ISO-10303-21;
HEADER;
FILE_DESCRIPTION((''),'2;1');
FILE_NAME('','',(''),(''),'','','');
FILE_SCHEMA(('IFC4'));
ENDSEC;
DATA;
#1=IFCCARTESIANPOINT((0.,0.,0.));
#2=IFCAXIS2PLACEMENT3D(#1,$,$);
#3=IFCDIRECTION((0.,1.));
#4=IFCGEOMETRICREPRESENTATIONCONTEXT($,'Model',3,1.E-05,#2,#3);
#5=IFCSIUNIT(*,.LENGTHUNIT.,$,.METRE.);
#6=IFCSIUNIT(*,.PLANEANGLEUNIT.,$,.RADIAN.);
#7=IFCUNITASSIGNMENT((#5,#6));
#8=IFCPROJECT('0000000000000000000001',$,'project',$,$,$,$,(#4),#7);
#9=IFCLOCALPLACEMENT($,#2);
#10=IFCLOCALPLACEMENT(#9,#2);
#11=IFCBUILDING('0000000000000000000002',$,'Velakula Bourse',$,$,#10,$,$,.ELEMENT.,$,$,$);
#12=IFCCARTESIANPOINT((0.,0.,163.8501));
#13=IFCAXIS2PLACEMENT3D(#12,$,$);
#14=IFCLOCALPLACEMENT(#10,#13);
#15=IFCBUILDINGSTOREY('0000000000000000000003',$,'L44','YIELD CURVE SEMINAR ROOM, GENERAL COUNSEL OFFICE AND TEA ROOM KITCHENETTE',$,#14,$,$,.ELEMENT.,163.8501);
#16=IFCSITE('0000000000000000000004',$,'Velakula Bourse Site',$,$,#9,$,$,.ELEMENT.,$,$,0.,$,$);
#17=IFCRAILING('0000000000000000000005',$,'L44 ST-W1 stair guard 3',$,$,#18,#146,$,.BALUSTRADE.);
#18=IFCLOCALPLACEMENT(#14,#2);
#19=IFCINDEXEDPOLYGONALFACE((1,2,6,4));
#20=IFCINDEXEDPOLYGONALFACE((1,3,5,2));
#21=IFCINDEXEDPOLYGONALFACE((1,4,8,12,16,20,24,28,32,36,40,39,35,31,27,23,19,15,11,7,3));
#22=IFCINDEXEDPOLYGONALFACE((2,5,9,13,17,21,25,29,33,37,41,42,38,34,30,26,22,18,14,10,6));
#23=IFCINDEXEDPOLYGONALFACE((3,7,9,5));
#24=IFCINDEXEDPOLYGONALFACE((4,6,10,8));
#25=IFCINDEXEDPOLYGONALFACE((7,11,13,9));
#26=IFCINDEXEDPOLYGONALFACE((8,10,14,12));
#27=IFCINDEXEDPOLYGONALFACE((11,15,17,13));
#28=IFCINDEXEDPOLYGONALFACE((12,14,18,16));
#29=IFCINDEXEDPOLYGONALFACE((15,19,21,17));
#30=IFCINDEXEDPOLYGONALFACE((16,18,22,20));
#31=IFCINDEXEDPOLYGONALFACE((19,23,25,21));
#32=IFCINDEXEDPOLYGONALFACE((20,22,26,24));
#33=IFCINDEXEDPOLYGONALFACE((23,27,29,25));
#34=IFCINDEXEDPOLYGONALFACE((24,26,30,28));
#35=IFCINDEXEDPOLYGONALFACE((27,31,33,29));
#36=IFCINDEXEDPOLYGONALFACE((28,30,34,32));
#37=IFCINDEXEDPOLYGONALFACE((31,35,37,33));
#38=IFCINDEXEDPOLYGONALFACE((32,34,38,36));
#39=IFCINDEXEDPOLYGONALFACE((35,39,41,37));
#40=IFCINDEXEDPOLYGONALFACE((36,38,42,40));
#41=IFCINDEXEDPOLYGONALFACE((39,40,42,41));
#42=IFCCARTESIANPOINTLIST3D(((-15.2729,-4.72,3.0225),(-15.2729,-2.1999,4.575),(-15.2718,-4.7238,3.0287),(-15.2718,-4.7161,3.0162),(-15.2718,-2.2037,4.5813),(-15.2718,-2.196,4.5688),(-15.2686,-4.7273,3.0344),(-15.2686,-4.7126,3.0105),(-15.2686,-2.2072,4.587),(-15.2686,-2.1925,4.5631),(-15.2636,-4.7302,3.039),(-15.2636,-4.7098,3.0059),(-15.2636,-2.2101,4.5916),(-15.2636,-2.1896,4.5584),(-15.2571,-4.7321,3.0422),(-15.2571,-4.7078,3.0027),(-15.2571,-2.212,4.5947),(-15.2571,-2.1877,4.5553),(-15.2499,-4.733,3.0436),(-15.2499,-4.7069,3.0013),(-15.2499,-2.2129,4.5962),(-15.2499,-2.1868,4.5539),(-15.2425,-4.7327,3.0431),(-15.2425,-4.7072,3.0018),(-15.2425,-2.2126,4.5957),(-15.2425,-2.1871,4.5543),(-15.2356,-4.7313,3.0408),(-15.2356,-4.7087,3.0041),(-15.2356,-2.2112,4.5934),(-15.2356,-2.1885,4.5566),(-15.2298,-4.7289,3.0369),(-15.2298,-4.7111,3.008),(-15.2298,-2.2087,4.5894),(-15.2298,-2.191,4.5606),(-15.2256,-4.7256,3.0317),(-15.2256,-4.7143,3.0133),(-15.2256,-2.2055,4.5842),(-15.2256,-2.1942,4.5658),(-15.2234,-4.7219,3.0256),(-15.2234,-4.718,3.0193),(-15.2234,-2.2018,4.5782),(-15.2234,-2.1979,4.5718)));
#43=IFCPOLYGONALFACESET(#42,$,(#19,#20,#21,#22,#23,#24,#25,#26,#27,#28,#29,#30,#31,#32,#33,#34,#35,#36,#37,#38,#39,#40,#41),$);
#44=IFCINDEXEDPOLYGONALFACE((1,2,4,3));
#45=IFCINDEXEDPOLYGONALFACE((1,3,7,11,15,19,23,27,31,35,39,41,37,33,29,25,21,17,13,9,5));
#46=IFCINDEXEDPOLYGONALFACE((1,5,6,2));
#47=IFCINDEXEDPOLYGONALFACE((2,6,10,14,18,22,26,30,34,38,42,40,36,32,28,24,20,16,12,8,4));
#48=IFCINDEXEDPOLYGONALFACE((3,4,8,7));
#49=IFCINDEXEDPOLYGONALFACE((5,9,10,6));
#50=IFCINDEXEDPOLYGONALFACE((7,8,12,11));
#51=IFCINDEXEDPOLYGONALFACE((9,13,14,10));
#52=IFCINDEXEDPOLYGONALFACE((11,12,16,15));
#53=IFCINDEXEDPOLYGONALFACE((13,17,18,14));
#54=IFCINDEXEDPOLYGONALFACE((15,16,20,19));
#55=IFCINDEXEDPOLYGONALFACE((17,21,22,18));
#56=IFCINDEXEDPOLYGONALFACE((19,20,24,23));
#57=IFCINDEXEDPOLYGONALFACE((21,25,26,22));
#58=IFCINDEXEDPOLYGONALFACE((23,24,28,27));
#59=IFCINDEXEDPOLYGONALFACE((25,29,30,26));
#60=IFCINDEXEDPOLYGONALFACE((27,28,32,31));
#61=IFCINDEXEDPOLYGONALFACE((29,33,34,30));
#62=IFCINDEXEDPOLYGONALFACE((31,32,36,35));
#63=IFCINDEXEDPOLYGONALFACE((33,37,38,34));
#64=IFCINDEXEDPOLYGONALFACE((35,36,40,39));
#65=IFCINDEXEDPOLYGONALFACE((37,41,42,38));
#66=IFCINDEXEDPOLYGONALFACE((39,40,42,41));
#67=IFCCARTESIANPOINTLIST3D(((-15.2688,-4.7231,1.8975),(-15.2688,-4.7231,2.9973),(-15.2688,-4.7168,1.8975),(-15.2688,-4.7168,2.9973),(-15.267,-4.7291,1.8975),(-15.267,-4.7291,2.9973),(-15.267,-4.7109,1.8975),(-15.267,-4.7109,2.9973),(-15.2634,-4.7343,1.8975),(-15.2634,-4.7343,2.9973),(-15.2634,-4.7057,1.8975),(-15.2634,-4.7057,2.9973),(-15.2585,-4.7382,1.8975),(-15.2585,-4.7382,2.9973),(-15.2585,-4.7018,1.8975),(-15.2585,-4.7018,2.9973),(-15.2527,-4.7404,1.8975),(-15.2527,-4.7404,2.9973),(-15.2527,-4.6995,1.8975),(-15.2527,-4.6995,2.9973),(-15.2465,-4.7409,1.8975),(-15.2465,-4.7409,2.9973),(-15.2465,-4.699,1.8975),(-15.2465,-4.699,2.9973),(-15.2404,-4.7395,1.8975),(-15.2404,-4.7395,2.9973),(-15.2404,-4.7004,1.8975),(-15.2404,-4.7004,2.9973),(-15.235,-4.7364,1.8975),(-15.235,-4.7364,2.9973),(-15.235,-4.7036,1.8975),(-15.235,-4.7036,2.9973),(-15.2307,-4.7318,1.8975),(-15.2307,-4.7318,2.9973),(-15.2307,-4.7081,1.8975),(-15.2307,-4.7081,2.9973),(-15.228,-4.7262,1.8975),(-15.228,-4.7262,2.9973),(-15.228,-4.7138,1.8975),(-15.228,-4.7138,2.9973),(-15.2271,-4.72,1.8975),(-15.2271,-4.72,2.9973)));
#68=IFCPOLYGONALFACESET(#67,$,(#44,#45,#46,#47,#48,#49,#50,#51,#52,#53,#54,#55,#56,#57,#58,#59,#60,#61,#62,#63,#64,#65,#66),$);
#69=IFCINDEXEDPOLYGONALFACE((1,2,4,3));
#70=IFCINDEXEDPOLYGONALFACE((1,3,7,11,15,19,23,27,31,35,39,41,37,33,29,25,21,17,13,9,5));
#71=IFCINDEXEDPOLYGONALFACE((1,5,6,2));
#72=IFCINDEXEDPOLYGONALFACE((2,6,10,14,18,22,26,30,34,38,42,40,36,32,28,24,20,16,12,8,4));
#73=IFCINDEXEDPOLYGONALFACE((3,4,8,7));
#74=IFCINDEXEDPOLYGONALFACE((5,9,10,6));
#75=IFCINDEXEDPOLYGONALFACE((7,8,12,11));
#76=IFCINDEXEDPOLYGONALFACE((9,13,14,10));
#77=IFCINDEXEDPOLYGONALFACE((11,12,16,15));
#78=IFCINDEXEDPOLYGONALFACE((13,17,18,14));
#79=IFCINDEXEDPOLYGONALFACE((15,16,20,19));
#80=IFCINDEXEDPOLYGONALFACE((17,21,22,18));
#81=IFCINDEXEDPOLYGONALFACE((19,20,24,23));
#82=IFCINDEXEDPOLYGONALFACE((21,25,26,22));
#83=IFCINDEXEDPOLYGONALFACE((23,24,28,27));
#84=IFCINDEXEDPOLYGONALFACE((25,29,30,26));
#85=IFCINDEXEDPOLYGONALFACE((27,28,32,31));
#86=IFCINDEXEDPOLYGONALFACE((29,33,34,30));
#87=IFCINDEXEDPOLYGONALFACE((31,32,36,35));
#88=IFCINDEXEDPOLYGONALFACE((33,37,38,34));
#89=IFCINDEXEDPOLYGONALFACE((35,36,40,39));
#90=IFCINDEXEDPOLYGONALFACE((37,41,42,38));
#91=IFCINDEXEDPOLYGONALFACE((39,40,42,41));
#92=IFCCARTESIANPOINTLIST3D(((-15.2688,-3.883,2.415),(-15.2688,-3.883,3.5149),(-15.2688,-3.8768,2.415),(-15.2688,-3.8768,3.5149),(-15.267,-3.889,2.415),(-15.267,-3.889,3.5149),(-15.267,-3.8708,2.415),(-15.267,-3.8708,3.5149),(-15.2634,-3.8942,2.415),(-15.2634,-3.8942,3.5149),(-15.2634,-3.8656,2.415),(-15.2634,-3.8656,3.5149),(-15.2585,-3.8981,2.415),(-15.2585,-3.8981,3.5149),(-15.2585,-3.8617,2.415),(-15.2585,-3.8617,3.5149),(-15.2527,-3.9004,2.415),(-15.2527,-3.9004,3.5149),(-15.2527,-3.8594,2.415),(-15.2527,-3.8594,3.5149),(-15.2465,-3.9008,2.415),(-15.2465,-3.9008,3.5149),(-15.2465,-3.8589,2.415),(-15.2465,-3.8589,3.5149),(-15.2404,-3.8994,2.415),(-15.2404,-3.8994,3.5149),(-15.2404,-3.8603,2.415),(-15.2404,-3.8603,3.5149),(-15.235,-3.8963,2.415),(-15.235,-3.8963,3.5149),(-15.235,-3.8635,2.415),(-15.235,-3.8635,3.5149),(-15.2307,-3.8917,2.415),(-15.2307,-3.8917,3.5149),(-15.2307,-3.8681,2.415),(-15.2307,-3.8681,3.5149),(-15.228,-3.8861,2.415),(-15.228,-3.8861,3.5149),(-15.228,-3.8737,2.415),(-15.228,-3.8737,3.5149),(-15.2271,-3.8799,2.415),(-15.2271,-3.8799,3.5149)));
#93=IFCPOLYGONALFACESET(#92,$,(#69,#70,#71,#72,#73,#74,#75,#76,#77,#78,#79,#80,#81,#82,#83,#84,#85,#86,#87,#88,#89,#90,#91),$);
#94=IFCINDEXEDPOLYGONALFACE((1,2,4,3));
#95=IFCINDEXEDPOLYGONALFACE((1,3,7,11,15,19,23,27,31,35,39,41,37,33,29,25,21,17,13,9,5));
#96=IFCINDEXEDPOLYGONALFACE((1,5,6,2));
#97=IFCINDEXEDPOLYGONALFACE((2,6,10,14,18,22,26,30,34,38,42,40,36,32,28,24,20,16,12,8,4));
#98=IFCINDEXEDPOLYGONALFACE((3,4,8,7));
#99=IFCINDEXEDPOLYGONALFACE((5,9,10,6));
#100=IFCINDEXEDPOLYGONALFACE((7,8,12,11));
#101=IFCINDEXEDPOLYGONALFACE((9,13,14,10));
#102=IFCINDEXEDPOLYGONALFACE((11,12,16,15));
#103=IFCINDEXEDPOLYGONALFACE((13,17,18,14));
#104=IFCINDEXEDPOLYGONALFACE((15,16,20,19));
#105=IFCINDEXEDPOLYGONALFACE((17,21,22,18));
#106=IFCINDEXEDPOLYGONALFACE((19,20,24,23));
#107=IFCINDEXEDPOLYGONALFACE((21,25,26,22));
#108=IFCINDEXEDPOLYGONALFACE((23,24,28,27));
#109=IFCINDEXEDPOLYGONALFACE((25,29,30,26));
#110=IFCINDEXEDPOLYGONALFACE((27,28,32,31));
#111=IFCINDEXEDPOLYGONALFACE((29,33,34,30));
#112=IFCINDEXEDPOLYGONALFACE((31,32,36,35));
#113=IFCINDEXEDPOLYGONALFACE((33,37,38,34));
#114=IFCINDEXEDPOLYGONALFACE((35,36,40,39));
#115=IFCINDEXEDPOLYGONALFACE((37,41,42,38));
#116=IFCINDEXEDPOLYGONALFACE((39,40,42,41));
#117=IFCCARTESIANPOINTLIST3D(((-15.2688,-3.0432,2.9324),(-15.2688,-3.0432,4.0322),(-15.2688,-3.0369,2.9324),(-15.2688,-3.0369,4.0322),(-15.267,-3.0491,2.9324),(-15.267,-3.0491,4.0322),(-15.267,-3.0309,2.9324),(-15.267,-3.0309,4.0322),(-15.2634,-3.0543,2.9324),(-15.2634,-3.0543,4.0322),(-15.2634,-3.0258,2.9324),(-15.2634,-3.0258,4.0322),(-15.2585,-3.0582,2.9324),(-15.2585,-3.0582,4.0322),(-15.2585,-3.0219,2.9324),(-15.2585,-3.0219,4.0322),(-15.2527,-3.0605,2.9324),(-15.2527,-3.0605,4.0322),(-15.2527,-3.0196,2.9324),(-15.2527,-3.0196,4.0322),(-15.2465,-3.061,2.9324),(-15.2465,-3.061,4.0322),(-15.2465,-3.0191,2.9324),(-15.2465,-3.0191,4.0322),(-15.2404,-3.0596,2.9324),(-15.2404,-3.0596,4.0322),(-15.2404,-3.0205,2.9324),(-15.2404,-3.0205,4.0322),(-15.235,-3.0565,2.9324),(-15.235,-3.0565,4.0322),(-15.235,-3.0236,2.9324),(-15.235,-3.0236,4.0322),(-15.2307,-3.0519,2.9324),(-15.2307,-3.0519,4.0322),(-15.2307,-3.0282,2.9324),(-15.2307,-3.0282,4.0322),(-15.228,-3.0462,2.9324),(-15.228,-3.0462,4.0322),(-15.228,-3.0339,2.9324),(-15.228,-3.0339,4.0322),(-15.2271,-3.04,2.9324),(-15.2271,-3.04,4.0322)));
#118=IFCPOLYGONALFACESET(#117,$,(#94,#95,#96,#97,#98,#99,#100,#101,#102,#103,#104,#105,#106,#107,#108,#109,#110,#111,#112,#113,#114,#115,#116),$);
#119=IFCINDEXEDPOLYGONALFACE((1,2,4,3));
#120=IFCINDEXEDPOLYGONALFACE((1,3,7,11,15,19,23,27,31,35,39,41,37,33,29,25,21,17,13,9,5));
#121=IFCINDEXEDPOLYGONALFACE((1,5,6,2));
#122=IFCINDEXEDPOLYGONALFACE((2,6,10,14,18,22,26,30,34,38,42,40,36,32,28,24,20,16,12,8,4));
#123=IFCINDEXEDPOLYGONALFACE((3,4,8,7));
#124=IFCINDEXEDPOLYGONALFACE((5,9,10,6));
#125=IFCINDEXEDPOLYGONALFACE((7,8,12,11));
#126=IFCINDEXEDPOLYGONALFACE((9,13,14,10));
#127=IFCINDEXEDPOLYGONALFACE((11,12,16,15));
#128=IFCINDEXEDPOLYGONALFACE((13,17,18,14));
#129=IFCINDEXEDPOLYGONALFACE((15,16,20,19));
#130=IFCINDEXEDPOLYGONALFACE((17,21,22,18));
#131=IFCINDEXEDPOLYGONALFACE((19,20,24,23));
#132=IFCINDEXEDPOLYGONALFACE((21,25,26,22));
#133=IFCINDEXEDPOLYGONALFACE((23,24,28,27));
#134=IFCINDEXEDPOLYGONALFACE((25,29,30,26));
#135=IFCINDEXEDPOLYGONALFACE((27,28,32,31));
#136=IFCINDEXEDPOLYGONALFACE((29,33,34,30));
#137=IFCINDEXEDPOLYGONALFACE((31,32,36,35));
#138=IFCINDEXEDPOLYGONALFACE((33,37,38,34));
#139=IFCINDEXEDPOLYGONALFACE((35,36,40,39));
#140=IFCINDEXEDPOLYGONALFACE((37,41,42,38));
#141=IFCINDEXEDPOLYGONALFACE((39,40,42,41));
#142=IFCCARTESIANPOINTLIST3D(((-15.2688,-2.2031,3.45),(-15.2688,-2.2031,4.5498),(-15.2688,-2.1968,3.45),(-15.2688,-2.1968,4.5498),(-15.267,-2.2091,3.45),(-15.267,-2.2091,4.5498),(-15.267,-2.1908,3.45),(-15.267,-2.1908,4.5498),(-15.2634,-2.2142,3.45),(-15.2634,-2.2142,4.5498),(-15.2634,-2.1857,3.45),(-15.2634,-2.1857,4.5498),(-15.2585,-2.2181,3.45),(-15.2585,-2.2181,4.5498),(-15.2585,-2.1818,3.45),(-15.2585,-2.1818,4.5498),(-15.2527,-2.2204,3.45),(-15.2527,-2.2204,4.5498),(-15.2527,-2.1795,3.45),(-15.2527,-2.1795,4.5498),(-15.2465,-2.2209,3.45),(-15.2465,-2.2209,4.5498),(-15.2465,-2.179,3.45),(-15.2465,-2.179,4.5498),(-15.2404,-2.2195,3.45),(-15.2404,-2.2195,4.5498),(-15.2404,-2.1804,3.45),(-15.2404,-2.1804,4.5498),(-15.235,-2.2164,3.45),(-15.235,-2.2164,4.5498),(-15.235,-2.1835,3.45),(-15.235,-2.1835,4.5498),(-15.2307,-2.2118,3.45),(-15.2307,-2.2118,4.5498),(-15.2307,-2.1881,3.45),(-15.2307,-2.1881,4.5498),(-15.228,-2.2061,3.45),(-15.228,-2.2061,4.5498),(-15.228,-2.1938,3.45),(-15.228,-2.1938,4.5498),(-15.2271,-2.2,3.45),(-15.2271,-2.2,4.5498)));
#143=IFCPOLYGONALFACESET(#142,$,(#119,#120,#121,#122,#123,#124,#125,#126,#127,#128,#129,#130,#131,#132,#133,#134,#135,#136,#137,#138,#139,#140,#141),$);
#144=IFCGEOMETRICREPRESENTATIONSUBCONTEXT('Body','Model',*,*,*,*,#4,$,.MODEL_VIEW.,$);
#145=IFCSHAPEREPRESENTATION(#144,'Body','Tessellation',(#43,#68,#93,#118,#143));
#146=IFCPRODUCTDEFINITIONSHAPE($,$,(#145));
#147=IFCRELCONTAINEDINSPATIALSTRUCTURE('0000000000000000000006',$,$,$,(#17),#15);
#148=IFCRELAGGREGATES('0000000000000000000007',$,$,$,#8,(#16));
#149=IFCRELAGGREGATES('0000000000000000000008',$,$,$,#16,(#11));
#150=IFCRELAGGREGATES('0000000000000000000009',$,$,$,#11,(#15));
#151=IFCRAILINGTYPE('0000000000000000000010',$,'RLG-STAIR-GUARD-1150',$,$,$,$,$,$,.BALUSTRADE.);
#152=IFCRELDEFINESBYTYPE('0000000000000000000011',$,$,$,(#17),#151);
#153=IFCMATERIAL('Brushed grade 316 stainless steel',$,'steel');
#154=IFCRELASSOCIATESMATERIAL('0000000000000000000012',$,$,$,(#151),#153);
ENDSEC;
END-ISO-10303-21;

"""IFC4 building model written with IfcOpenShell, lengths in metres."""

from ifc_helpers import new_model, si_unit, direction, frame, origin, origin_2d, place, context, subcontext, project, spatial, circle, extrude, material, type_object, element, save


model = new_model("IFC4")

# Units and contexts
model_context = context("Model", 3, precision=1e-05, world=origin(), true_north=direction((0.0, 1.0)))
body_context = subcontext(model_context, "Body", "Model", "MODEL_VIEW")
ifc_project = project(units=[si_unit("LENGTHUNIT", "METRE"), si_unit("PLANEANGLEUNIT", "RADIAN")], contexts=[model_context])

# Site, building, storey
site_placement = place(None, origin())
site = spatial("IfcSite", under=ifc_project, at=site_placement, Name="Velakula Bourse Site", CompositionType="ELEMENT", RefElevation=0.0)
building_placement = place(site_placement, origin())
building = spatial("IfcBuilding", under=site, at=building_placement, Name="Velakula Bourse", CompositionType="ELEMENT")
storey_placement = place(building_placement, frame((0.0, 0.0, 163.8501)))
storey = spatial("IfcBuildingStorey", under=building, at=storey_placement, Name="L44", Description="YIELD CURVE SEMINAR ROOM, GENERAL COUNSEL OFFICE AND TEA ROOM KITCHENETTE", CompositionType="ELEMENT", Elevation=163.8501)

# Shared definitions
ifc_material_1 = material(Name="Brushed grade 316 stainless steel", Category="steel")

# Railing
railing_type_1 = type_object("IfcRailingType", Name="RLG-STAIR-GUARD-1150", PredefinedType="BALUSTRADE", material=ifc_material_1)
railing_1_placement = place(storey_placement, frame((-15.248, -4.72, 1.8975)))
element("IfcRailing", 1, at=railing_1_placement, inside=storey, type_object=railing_type_1, Name="L44 ST-W1 stair guard 3", PredefinedType="BALUSTRADE", context=body_context, shape_type="SweptSolid", body=[
    extrude(circle(Radius=0.0249, at=origin_2d()), frame((0.0, 0.0, 1.125), z_axis=(0.0, 0.8514, 0.524516), x_axis=(-1.0, 0.0, 0.0)), (0.0, 0.0, 1.0), 2.96),
    extrude(circle(Radius=0.021, at=origin_2d()), origin(), (0.0, 0.0, 1.0), 1.0999),
    extrude(circle(Radius=0.021, at=origin_2d()), frame((0.0, 0.8401, 0.5176)), (0.0, 0.0, 1.0), 1.0999),
    extrude(circle(Radius=0.021, at=origin_2d()), frame((0.0, 1.6799, 1.0349)), (0.0, 0.0, 1.0), 1.0999),
    extrude(circle(Radius=0.021, at=origin_2d()), frame((0.0, 2.52, 1.5525)), (0.0, 0.0, 1.0), 1.0999),
])

save(model, "model.ifc")
